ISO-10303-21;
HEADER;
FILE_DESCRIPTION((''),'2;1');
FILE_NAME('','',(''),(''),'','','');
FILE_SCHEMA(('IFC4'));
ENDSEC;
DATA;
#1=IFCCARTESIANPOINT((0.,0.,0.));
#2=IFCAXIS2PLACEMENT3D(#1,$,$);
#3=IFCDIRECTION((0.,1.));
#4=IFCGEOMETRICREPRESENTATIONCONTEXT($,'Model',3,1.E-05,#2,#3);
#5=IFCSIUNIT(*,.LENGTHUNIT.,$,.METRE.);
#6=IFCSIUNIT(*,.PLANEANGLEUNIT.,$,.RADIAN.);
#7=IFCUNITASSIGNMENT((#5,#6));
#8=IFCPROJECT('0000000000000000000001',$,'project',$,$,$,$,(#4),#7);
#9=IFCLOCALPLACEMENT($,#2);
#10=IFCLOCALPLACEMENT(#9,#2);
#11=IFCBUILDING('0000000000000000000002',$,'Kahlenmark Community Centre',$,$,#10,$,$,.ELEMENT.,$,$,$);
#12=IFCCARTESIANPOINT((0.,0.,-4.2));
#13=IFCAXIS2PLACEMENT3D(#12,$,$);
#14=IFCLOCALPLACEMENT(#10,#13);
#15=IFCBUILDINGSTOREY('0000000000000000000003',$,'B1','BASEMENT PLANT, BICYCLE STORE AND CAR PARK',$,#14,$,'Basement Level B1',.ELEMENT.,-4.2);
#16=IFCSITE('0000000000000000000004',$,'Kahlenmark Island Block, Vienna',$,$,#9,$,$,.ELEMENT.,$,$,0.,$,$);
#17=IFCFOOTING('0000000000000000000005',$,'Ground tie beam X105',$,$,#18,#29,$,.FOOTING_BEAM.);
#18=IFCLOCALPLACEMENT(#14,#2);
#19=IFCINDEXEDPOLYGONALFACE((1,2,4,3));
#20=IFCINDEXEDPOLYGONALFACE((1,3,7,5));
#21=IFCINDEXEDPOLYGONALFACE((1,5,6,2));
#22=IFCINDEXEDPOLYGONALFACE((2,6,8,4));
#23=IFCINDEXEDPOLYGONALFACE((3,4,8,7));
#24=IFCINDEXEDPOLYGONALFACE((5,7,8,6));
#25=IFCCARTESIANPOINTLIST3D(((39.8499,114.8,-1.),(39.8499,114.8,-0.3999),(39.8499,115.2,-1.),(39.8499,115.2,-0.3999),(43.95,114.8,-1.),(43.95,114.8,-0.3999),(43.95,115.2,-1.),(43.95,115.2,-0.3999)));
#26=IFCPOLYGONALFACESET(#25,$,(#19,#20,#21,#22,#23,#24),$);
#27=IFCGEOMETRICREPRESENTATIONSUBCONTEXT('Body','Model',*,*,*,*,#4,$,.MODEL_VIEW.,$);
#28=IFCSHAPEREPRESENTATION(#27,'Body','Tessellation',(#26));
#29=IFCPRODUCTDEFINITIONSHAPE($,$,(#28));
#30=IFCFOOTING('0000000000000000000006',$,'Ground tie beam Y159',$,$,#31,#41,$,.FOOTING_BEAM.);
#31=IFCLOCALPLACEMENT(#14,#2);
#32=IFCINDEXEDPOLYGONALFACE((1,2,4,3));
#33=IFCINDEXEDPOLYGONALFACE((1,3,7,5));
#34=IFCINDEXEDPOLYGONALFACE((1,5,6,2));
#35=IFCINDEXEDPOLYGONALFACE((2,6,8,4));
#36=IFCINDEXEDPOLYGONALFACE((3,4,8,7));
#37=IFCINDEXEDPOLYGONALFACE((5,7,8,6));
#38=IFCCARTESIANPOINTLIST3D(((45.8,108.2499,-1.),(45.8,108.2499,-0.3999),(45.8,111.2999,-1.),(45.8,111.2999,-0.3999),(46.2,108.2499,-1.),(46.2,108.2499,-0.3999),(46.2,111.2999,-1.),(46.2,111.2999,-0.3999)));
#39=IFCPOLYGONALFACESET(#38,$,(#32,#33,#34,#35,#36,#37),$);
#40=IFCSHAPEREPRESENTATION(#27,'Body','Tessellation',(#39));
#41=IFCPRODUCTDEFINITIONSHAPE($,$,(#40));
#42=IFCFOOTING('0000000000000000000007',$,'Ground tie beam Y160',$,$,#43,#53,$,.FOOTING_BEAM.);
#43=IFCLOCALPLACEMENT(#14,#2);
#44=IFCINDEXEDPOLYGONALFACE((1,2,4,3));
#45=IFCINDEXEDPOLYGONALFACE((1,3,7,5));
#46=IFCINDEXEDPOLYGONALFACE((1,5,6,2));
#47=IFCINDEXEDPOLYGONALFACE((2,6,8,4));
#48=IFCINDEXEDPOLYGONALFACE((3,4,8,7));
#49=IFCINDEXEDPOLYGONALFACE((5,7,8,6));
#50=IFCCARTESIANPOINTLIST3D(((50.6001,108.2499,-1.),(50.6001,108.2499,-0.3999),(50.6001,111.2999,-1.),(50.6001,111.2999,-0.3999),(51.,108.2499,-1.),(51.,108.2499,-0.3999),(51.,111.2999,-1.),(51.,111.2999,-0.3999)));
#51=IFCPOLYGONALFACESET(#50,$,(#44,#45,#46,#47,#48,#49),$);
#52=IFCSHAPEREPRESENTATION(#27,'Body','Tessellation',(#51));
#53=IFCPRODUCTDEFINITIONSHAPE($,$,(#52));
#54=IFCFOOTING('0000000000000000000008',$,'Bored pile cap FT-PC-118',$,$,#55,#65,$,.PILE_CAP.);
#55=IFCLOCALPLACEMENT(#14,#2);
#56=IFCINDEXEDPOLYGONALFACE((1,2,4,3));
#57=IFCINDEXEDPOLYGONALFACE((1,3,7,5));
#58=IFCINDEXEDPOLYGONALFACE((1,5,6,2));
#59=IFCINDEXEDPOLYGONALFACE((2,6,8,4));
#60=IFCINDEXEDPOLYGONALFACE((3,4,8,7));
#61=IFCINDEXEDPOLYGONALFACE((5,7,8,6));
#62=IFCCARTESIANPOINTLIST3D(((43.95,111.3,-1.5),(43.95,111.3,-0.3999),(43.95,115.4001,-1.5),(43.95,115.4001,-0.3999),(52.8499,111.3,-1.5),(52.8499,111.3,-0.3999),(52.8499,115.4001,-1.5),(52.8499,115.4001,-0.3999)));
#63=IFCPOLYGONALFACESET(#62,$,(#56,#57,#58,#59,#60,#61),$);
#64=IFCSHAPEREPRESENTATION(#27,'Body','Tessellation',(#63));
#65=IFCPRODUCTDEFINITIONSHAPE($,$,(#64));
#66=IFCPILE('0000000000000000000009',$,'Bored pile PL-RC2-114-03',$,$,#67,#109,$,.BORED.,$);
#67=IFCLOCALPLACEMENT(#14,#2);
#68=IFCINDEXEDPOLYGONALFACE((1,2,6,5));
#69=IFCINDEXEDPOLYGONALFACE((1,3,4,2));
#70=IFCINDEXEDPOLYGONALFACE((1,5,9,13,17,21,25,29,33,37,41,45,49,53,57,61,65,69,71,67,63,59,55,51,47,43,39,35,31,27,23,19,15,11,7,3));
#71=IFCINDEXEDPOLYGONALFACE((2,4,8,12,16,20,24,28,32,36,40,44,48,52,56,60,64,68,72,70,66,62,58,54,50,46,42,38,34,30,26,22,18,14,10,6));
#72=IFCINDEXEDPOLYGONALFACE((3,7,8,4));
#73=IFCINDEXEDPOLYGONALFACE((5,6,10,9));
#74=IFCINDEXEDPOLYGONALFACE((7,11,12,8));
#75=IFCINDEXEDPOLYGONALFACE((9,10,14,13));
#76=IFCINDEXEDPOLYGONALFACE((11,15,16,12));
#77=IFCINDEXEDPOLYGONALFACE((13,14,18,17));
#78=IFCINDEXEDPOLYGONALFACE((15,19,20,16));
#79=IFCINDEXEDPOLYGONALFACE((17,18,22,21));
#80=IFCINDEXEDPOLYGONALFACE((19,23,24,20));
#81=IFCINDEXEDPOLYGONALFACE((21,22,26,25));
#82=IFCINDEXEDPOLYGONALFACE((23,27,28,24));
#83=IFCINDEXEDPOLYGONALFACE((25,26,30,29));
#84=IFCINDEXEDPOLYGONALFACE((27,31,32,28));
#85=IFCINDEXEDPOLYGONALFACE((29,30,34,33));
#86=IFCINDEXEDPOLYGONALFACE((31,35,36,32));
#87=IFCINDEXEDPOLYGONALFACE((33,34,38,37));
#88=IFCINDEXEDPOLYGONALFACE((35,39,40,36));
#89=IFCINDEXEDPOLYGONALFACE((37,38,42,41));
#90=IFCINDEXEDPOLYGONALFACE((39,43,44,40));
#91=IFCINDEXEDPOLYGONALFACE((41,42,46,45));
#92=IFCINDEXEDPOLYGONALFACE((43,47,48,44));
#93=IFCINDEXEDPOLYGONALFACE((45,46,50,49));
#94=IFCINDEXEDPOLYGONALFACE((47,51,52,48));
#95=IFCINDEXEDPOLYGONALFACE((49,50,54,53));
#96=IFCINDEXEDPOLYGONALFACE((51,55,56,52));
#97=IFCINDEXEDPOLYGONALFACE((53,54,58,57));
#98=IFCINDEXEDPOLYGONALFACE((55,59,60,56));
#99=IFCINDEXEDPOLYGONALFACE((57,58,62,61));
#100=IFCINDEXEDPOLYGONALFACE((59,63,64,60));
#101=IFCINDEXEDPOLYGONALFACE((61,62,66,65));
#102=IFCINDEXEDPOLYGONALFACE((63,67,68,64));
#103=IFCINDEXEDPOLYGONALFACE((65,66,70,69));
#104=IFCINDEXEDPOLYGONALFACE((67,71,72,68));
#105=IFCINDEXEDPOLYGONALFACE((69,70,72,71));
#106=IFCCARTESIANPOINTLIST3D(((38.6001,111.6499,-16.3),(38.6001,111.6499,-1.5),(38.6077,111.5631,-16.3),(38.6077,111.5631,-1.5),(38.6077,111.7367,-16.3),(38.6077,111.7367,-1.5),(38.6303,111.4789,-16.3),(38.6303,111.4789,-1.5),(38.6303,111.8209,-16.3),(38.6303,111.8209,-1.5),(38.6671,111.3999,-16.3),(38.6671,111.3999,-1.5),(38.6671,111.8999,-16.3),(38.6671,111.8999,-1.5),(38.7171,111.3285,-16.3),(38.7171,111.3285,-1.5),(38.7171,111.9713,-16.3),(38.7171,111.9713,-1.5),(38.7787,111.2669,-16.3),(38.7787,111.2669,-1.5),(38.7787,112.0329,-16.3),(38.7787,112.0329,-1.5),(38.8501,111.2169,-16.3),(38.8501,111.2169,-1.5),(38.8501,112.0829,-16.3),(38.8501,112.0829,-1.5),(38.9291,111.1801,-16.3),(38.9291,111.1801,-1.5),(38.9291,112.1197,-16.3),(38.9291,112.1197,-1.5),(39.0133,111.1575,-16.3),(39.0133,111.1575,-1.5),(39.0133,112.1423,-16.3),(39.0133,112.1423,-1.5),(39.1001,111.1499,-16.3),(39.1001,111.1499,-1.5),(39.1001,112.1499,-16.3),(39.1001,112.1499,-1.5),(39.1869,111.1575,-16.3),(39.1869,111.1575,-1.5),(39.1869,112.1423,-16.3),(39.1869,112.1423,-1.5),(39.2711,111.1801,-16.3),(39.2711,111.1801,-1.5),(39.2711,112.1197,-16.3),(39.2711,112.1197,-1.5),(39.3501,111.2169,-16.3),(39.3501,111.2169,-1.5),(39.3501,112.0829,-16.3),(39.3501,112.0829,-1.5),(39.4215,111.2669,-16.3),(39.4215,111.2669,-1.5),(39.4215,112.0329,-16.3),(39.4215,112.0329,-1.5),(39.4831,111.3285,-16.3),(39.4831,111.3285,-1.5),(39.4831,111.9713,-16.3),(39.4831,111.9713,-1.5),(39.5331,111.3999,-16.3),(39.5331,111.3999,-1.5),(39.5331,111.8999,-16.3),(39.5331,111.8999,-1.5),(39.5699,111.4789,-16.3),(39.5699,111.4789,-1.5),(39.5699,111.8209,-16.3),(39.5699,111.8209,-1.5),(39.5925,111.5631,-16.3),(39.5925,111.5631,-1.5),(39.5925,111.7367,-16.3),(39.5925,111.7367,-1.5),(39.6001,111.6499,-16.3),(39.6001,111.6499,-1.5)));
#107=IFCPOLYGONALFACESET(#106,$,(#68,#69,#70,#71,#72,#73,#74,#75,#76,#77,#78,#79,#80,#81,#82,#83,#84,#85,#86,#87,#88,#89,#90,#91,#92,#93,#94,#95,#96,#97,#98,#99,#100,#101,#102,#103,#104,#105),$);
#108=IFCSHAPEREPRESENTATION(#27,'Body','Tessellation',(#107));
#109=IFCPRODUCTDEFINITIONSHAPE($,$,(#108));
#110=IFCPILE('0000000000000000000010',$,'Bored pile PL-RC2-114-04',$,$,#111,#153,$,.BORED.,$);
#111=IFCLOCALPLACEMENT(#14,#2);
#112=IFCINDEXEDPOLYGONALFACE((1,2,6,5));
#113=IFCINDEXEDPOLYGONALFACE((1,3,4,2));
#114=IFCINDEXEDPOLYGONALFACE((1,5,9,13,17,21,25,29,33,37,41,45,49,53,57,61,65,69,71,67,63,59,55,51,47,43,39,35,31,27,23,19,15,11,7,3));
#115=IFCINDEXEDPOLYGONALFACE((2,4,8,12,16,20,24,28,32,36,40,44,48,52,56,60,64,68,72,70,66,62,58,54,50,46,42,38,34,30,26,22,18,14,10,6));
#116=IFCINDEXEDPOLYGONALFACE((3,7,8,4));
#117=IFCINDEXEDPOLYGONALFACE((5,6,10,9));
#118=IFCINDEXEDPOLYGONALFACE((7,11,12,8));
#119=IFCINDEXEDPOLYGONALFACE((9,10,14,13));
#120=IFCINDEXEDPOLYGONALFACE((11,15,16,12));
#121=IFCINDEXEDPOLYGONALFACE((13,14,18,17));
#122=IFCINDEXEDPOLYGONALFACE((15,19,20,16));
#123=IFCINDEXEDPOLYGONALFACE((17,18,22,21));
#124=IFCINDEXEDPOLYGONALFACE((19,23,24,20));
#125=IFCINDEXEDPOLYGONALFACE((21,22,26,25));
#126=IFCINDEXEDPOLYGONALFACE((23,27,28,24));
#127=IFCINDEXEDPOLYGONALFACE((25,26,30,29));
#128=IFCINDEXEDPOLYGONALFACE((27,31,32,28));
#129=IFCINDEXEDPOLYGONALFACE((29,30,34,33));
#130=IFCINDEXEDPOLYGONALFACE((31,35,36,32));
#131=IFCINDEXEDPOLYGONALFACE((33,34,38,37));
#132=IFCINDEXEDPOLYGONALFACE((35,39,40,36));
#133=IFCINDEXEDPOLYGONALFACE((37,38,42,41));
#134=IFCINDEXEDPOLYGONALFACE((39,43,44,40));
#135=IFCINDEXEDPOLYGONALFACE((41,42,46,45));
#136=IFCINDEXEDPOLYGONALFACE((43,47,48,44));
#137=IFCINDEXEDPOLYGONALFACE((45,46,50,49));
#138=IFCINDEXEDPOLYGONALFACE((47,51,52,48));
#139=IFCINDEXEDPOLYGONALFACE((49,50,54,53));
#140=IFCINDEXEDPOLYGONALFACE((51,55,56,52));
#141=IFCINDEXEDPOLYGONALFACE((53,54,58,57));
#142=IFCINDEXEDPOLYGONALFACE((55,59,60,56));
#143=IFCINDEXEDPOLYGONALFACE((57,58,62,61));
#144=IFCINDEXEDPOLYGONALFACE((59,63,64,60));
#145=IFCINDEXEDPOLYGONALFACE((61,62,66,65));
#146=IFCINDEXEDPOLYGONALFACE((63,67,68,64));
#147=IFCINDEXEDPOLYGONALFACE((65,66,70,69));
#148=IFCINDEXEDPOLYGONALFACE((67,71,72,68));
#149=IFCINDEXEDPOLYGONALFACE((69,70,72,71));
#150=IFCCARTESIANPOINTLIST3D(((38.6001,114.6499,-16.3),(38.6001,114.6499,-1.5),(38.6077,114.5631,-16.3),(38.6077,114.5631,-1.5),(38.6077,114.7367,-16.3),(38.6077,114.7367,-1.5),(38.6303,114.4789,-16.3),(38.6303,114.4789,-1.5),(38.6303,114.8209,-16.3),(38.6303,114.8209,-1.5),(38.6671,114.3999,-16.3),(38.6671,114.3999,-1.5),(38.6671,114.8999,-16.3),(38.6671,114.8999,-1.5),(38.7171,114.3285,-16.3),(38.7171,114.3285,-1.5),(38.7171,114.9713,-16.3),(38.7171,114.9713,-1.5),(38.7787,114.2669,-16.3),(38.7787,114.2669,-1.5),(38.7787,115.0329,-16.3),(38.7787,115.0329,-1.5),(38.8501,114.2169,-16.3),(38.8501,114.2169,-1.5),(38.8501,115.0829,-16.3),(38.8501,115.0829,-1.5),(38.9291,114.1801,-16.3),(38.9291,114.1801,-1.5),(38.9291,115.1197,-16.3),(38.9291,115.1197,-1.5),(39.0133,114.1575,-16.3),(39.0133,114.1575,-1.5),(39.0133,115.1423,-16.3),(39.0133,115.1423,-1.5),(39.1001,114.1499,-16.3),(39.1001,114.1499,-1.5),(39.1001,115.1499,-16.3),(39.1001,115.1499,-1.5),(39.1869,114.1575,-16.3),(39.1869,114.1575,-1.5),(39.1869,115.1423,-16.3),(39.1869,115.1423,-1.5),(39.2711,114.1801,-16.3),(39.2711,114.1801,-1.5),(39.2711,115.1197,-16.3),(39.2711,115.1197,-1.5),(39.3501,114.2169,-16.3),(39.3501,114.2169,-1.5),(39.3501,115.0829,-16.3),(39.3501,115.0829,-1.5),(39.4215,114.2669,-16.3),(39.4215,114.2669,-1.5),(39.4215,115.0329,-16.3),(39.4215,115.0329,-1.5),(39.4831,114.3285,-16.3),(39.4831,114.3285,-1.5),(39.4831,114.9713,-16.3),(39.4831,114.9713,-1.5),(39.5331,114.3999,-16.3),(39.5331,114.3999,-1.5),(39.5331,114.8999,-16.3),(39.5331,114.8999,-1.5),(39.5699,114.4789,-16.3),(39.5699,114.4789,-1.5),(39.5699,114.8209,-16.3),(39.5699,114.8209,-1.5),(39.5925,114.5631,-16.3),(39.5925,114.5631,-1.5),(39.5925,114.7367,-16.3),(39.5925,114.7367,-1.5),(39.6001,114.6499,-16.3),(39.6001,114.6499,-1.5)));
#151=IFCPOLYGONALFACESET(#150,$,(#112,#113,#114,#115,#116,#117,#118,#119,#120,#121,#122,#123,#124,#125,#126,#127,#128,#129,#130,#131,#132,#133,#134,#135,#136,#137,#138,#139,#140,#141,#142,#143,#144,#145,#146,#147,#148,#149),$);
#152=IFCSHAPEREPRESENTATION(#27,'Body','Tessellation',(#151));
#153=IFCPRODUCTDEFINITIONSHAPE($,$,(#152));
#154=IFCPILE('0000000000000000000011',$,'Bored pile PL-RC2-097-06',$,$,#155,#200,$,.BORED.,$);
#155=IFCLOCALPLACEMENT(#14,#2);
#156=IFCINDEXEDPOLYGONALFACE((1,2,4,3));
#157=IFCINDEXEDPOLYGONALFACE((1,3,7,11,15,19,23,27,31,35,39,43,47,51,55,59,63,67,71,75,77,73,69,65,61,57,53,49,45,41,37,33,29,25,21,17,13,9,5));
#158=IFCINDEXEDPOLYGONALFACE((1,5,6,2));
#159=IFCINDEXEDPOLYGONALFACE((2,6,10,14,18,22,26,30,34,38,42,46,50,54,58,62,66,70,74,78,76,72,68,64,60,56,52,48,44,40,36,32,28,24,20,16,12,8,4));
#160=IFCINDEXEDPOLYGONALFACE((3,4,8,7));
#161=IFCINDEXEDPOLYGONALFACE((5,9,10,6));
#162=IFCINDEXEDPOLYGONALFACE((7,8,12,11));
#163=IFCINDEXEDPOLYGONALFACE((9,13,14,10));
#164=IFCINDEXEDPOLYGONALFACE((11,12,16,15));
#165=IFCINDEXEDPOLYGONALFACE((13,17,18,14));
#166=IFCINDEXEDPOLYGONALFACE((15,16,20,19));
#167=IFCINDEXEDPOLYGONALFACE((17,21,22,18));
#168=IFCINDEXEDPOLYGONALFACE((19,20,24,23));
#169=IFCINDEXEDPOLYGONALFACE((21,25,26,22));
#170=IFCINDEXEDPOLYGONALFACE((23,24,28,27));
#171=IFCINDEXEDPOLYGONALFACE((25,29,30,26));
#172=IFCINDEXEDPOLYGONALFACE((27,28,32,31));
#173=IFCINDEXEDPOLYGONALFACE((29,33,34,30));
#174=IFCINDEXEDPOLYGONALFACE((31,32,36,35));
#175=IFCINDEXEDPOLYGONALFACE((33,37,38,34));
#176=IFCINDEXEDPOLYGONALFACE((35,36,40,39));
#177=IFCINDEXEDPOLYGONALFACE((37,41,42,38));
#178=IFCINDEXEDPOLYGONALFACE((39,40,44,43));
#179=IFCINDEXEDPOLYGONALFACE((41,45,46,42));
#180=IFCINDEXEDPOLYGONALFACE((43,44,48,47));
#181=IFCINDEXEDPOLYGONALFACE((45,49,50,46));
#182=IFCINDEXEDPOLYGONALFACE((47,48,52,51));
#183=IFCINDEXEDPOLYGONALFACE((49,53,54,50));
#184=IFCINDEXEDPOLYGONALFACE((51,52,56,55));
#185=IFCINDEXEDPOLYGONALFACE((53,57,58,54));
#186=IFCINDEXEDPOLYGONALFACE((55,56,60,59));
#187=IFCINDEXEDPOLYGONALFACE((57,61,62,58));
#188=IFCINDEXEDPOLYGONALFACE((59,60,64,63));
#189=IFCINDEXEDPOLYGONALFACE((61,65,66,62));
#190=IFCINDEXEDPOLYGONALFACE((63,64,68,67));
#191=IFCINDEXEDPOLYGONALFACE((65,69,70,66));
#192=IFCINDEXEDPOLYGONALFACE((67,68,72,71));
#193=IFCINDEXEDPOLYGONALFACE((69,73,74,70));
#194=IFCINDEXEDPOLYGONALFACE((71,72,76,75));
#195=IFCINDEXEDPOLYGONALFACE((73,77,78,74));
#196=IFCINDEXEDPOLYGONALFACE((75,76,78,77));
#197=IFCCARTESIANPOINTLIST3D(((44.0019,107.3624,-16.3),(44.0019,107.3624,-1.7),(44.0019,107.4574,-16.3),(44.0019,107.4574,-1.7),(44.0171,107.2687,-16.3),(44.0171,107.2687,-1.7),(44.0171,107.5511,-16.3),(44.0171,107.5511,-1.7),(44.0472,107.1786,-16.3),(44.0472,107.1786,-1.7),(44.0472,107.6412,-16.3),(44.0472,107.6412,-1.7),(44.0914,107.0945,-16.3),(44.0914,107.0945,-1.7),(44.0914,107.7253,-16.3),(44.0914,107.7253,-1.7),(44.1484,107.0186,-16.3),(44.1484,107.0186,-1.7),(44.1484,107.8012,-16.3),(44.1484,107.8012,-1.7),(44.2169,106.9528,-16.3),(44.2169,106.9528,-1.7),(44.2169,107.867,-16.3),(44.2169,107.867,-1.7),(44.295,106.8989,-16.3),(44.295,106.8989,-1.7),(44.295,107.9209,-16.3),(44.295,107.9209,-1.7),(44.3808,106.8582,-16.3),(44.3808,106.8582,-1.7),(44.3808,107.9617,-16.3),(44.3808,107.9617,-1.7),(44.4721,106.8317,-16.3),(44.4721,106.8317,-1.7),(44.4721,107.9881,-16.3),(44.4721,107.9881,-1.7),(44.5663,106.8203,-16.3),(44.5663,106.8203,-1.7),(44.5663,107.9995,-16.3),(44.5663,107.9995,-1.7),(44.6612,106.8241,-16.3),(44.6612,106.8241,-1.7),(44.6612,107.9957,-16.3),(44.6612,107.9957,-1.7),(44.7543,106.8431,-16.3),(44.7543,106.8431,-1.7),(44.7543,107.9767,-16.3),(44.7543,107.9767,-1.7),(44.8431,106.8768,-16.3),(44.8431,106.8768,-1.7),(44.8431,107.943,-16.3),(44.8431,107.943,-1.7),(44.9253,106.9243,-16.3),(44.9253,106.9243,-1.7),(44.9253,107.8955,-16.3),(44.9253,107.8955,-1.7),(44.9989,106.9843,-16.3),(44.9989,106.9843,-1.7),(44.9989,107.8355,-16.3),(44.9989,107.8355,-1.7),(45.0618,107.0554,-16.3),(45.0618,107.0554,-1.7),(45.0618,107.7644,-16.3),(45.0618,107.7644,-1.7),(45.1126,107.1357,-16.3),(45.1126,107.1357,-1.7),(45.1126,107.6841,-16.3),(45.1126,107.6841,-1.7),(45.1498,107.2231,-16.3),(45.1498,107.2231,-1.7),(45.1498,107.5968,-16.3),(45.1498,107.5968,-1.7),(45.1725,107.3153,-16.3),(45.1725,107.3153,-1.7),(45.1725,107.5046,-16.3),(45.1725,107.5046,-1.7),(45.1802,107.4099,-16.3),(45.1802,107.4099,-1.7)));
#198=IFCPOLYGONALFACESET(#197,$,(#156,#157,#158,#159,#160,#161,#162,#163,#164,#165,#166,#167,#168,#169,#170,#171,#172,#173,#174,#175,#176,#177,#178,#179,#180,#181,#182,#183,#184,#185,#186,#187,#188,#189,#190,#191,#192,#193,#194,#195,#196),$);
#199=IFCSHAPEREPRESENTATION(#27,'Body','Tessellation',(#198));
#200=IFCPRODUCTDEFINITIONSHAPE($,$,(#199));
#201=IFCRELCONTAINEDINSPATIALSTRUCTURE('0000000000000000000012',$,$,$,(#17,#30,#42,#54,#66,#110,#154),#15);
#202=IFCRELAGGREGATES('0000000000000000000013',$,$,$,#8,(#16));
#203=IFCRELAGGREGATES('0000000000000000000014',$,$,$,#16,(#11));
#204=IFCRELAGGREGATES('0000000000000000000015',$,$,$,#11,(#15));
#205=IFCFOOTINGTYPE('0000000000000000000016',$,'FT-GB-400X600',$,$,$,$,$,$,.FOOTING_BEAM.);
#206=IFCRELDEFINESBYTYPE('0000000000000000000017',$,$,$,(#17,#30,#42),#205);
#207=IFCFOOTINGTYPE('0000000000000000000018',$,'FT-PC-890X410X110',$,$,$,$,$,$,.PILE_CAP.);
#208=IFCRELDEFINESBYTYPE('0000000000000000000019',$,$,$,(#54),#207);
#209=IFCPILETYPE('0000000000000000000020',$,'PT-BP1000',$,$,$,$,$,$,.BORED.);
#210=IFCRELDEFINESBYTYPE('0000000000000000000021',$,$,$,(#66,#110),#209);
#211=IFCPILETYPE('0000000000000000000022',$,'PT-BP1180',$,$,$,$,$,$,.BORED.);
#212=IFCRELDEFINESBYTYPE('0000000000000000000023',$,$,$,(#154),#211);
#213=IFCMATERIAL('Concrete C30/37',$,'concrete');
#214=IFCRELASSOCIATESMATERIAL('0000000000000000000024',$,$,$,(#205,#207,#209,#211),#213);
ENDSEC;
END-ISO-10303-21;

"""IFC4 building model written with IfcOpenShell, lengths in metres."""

from ifc_helpers import new_model, si_unit, direction, frame, origin, origin_2d, place, context, subcontext, project, spatial, rectangle, circle, extrude, material, material_profile, profile_set, type_object, element, save


model = new_model("IFC4")

# Units and contexts
model_context = context("Model", 3, precision=1e-05, world=origin(), true_north=direction((0.0, 1.0)))
body_context = subcontext(model_context, "Body", "Model", "MODEL_VIEW")
ifc_project = project(units=[si_unit("LENGTHUNIT", "METRE"), si_unit("PLANEANGLEUNIT", "RADIAN")], contexts=[model_context])

# Site, building, storey
site_placement = place(None, origin())
site = spatial("IfcSite", under=ifc_project, at=site_placement, Name="Kahlenmark Island Block, Vienna", CompositionType="ELEMENT", RefElevation=0.0)
building_placement = place(site_placement, origin())
building = spatial("IfcBuilding", under=site, at=building_placement, Name="Kahlenmark Community Centre", CompositionType="ELEMENT")
storey_placement = place(building_placement, frame((0.0, 0.0, -4.2)))
storey = spatial("IfcBuildingStorey", under=building, at=storey_placement, Name="B1", Description="BASEMENT PLANT, BICYCLE STORE AND CAR PARK", LongName="Basement Level B1", CompositionType="ELEMENT", Elevation=-4.2)

# Footings
ifc_material_1 = material(Name="Concrete C30/37", Category="concrete")
footing_type_1 = type_object("IfcFootingType", Name="FT-GB-400X600", PredefinedType="FOOTING_BEAM", material=ifc_material_1)
footing_1_placement = place(storey_placement, frame((41.8999, 115.0, -1.0), z_axis=(0.0, 0.0, 1.0), x_axis=(1.0, 0.0, 0.0)))
element("IfcFooting", 1, at=footing_1_placement, inside=storey, type_object=footing_type_1, Name="Ground tie beam X105", PredefinedType="FOOTING_BEAM", context=body_context, shape_type="SweptSolid", body=[
    extrude(rectangle(XDim=4.1001, YDim=0.3999, at=origin_2d()), origin(), (0.0, 0.0, 1.0), 0.6001),
])
for number, where, z_axis, x_axis, name in (
    (2, (46.0, 109.7749, -1.0), (0.0, 0.0, 1.0), (1.0, 0.0, 0.0), "Ground tie beam Y159"),
    (3, (50.8, 109.7749, -1.0), (0.0, 0.0, 1.0), (1.0, 0.0, 0.0), "Ground tie beam Y160"),
):
    element("IfcFooting", number, at=place(storey_placement, frame(where, z_axis=z_axis, x_axis=x_axis)), inside=storey, type_object=footing_type_1, Name=name, PredefinedType="FOOTING_BEAM", context=body_context, shape_type="SweptSolid", body=[
        extrude(rectangle(XDim=0.3999, YDim=3.05, at=origin_2d()), origin(), (0.0, 0.0, 1.0), 0.6001),
    ])
footing_type_2 = type_object("IfcFootingType", Name="FT-PC-890X410X110", PredefinedType="PILE_CAP", material=ifc_material_1)
footing_2_placement = place(storey_placement, frame((48.3999, 113.3501, -1.5), z_axis=(0.0, 0.0, 1.0), x_axis=(1.0, 0.0, 0.0)))
element("IfcFooting", 4, at=footing_2_placement, inside=storey, type_object=footing_type_2, Name="Bored pile cap FT-PC-118", PredefinedType="PILE_CAP", context=body_context, shape_type="SweptSolid", body=[
    extrude(rectangle(XDim=8.8999, YDim=4.1001, at=origin_2d()), origin(), (0.0, 0.0, 1.0), 1.1001),
])

# Piles
ifc_material_profile_1 = material_profile(ifc_material_1, circle(Radius=0.5, at=origin_2d()), Name="BORED PILE 1000")
ifc_profile_set_1 = profile_set([ifc_material_profile_1], Name="Concrete C30/37")
pile_type_1 = type_object("IfcPileType", Name="PT-BP1000", PredefinedType="BORED", material=ifc_profile_set_1)
for number, where, z_axis, x_axis, name in (
    (5, (39.1001, 111.6499, -1.5), (0.0, 0.0, -1.0), (1.0, 0.0, 0.0), "Bored pile PL-RC2-114-03"),
    (6, (39.1001, 114.6499, -1.5), (0.0, 0.0, -1.0), (1.0, 0.0, 0.0), "Bored pile PL-RC2-114-04"),
):
    element("IfcPile", number, at=place(storey_placement, frame(where, z_axis=z_axis, x_axis=x_axis)), inside=storey, type_object=pile_type_1, Name=name, PredefinedType="BORED", context=body_context, shape_type="SweptSolid", body=[
        extrude(circle(Radius=0.5, at=origin_2d()), origin(), (0.0, 0.0, 1.0), 14.8),
    ])
ifc_material_profile_2 = material_profile(ifc_material_1, circle(Radius=0.5901, at=origin_2d()), Name="BORED PILE 1180")
ifc_profile_set_2 = profile_set([ifc_material_profile_2], Name="Concrete C30/37")
pile_type_2 = type_object("IfcPileType", Name="PT-BP1180", PredefinedType="BORED", material=ifc_profile_set_2)
for number, where, z_axis, x_axis, name in (
    (7, (44.5901, 107.4099, -1.7), (0.0, 0.0, -1.0), (1.0, 0.0, 0.0), "Bored pile PL-RC2-097-06"),
):
    element("IfcPile", number, at=place(storey_placement, frame(where, z_axis=z_axis, x_axis=x_axis)), inside=storey, type_object=pile_type_2, Name=name, PredefinedType="BORED", context=body_context, shape_type="SweptSolid", body=[
        extrude(circle(Radius=0.5901, at=origin_2d()), origin(), (0.0, 0.0, 1.0), 14.6001),
    ])

save(model, "model.ifc")
